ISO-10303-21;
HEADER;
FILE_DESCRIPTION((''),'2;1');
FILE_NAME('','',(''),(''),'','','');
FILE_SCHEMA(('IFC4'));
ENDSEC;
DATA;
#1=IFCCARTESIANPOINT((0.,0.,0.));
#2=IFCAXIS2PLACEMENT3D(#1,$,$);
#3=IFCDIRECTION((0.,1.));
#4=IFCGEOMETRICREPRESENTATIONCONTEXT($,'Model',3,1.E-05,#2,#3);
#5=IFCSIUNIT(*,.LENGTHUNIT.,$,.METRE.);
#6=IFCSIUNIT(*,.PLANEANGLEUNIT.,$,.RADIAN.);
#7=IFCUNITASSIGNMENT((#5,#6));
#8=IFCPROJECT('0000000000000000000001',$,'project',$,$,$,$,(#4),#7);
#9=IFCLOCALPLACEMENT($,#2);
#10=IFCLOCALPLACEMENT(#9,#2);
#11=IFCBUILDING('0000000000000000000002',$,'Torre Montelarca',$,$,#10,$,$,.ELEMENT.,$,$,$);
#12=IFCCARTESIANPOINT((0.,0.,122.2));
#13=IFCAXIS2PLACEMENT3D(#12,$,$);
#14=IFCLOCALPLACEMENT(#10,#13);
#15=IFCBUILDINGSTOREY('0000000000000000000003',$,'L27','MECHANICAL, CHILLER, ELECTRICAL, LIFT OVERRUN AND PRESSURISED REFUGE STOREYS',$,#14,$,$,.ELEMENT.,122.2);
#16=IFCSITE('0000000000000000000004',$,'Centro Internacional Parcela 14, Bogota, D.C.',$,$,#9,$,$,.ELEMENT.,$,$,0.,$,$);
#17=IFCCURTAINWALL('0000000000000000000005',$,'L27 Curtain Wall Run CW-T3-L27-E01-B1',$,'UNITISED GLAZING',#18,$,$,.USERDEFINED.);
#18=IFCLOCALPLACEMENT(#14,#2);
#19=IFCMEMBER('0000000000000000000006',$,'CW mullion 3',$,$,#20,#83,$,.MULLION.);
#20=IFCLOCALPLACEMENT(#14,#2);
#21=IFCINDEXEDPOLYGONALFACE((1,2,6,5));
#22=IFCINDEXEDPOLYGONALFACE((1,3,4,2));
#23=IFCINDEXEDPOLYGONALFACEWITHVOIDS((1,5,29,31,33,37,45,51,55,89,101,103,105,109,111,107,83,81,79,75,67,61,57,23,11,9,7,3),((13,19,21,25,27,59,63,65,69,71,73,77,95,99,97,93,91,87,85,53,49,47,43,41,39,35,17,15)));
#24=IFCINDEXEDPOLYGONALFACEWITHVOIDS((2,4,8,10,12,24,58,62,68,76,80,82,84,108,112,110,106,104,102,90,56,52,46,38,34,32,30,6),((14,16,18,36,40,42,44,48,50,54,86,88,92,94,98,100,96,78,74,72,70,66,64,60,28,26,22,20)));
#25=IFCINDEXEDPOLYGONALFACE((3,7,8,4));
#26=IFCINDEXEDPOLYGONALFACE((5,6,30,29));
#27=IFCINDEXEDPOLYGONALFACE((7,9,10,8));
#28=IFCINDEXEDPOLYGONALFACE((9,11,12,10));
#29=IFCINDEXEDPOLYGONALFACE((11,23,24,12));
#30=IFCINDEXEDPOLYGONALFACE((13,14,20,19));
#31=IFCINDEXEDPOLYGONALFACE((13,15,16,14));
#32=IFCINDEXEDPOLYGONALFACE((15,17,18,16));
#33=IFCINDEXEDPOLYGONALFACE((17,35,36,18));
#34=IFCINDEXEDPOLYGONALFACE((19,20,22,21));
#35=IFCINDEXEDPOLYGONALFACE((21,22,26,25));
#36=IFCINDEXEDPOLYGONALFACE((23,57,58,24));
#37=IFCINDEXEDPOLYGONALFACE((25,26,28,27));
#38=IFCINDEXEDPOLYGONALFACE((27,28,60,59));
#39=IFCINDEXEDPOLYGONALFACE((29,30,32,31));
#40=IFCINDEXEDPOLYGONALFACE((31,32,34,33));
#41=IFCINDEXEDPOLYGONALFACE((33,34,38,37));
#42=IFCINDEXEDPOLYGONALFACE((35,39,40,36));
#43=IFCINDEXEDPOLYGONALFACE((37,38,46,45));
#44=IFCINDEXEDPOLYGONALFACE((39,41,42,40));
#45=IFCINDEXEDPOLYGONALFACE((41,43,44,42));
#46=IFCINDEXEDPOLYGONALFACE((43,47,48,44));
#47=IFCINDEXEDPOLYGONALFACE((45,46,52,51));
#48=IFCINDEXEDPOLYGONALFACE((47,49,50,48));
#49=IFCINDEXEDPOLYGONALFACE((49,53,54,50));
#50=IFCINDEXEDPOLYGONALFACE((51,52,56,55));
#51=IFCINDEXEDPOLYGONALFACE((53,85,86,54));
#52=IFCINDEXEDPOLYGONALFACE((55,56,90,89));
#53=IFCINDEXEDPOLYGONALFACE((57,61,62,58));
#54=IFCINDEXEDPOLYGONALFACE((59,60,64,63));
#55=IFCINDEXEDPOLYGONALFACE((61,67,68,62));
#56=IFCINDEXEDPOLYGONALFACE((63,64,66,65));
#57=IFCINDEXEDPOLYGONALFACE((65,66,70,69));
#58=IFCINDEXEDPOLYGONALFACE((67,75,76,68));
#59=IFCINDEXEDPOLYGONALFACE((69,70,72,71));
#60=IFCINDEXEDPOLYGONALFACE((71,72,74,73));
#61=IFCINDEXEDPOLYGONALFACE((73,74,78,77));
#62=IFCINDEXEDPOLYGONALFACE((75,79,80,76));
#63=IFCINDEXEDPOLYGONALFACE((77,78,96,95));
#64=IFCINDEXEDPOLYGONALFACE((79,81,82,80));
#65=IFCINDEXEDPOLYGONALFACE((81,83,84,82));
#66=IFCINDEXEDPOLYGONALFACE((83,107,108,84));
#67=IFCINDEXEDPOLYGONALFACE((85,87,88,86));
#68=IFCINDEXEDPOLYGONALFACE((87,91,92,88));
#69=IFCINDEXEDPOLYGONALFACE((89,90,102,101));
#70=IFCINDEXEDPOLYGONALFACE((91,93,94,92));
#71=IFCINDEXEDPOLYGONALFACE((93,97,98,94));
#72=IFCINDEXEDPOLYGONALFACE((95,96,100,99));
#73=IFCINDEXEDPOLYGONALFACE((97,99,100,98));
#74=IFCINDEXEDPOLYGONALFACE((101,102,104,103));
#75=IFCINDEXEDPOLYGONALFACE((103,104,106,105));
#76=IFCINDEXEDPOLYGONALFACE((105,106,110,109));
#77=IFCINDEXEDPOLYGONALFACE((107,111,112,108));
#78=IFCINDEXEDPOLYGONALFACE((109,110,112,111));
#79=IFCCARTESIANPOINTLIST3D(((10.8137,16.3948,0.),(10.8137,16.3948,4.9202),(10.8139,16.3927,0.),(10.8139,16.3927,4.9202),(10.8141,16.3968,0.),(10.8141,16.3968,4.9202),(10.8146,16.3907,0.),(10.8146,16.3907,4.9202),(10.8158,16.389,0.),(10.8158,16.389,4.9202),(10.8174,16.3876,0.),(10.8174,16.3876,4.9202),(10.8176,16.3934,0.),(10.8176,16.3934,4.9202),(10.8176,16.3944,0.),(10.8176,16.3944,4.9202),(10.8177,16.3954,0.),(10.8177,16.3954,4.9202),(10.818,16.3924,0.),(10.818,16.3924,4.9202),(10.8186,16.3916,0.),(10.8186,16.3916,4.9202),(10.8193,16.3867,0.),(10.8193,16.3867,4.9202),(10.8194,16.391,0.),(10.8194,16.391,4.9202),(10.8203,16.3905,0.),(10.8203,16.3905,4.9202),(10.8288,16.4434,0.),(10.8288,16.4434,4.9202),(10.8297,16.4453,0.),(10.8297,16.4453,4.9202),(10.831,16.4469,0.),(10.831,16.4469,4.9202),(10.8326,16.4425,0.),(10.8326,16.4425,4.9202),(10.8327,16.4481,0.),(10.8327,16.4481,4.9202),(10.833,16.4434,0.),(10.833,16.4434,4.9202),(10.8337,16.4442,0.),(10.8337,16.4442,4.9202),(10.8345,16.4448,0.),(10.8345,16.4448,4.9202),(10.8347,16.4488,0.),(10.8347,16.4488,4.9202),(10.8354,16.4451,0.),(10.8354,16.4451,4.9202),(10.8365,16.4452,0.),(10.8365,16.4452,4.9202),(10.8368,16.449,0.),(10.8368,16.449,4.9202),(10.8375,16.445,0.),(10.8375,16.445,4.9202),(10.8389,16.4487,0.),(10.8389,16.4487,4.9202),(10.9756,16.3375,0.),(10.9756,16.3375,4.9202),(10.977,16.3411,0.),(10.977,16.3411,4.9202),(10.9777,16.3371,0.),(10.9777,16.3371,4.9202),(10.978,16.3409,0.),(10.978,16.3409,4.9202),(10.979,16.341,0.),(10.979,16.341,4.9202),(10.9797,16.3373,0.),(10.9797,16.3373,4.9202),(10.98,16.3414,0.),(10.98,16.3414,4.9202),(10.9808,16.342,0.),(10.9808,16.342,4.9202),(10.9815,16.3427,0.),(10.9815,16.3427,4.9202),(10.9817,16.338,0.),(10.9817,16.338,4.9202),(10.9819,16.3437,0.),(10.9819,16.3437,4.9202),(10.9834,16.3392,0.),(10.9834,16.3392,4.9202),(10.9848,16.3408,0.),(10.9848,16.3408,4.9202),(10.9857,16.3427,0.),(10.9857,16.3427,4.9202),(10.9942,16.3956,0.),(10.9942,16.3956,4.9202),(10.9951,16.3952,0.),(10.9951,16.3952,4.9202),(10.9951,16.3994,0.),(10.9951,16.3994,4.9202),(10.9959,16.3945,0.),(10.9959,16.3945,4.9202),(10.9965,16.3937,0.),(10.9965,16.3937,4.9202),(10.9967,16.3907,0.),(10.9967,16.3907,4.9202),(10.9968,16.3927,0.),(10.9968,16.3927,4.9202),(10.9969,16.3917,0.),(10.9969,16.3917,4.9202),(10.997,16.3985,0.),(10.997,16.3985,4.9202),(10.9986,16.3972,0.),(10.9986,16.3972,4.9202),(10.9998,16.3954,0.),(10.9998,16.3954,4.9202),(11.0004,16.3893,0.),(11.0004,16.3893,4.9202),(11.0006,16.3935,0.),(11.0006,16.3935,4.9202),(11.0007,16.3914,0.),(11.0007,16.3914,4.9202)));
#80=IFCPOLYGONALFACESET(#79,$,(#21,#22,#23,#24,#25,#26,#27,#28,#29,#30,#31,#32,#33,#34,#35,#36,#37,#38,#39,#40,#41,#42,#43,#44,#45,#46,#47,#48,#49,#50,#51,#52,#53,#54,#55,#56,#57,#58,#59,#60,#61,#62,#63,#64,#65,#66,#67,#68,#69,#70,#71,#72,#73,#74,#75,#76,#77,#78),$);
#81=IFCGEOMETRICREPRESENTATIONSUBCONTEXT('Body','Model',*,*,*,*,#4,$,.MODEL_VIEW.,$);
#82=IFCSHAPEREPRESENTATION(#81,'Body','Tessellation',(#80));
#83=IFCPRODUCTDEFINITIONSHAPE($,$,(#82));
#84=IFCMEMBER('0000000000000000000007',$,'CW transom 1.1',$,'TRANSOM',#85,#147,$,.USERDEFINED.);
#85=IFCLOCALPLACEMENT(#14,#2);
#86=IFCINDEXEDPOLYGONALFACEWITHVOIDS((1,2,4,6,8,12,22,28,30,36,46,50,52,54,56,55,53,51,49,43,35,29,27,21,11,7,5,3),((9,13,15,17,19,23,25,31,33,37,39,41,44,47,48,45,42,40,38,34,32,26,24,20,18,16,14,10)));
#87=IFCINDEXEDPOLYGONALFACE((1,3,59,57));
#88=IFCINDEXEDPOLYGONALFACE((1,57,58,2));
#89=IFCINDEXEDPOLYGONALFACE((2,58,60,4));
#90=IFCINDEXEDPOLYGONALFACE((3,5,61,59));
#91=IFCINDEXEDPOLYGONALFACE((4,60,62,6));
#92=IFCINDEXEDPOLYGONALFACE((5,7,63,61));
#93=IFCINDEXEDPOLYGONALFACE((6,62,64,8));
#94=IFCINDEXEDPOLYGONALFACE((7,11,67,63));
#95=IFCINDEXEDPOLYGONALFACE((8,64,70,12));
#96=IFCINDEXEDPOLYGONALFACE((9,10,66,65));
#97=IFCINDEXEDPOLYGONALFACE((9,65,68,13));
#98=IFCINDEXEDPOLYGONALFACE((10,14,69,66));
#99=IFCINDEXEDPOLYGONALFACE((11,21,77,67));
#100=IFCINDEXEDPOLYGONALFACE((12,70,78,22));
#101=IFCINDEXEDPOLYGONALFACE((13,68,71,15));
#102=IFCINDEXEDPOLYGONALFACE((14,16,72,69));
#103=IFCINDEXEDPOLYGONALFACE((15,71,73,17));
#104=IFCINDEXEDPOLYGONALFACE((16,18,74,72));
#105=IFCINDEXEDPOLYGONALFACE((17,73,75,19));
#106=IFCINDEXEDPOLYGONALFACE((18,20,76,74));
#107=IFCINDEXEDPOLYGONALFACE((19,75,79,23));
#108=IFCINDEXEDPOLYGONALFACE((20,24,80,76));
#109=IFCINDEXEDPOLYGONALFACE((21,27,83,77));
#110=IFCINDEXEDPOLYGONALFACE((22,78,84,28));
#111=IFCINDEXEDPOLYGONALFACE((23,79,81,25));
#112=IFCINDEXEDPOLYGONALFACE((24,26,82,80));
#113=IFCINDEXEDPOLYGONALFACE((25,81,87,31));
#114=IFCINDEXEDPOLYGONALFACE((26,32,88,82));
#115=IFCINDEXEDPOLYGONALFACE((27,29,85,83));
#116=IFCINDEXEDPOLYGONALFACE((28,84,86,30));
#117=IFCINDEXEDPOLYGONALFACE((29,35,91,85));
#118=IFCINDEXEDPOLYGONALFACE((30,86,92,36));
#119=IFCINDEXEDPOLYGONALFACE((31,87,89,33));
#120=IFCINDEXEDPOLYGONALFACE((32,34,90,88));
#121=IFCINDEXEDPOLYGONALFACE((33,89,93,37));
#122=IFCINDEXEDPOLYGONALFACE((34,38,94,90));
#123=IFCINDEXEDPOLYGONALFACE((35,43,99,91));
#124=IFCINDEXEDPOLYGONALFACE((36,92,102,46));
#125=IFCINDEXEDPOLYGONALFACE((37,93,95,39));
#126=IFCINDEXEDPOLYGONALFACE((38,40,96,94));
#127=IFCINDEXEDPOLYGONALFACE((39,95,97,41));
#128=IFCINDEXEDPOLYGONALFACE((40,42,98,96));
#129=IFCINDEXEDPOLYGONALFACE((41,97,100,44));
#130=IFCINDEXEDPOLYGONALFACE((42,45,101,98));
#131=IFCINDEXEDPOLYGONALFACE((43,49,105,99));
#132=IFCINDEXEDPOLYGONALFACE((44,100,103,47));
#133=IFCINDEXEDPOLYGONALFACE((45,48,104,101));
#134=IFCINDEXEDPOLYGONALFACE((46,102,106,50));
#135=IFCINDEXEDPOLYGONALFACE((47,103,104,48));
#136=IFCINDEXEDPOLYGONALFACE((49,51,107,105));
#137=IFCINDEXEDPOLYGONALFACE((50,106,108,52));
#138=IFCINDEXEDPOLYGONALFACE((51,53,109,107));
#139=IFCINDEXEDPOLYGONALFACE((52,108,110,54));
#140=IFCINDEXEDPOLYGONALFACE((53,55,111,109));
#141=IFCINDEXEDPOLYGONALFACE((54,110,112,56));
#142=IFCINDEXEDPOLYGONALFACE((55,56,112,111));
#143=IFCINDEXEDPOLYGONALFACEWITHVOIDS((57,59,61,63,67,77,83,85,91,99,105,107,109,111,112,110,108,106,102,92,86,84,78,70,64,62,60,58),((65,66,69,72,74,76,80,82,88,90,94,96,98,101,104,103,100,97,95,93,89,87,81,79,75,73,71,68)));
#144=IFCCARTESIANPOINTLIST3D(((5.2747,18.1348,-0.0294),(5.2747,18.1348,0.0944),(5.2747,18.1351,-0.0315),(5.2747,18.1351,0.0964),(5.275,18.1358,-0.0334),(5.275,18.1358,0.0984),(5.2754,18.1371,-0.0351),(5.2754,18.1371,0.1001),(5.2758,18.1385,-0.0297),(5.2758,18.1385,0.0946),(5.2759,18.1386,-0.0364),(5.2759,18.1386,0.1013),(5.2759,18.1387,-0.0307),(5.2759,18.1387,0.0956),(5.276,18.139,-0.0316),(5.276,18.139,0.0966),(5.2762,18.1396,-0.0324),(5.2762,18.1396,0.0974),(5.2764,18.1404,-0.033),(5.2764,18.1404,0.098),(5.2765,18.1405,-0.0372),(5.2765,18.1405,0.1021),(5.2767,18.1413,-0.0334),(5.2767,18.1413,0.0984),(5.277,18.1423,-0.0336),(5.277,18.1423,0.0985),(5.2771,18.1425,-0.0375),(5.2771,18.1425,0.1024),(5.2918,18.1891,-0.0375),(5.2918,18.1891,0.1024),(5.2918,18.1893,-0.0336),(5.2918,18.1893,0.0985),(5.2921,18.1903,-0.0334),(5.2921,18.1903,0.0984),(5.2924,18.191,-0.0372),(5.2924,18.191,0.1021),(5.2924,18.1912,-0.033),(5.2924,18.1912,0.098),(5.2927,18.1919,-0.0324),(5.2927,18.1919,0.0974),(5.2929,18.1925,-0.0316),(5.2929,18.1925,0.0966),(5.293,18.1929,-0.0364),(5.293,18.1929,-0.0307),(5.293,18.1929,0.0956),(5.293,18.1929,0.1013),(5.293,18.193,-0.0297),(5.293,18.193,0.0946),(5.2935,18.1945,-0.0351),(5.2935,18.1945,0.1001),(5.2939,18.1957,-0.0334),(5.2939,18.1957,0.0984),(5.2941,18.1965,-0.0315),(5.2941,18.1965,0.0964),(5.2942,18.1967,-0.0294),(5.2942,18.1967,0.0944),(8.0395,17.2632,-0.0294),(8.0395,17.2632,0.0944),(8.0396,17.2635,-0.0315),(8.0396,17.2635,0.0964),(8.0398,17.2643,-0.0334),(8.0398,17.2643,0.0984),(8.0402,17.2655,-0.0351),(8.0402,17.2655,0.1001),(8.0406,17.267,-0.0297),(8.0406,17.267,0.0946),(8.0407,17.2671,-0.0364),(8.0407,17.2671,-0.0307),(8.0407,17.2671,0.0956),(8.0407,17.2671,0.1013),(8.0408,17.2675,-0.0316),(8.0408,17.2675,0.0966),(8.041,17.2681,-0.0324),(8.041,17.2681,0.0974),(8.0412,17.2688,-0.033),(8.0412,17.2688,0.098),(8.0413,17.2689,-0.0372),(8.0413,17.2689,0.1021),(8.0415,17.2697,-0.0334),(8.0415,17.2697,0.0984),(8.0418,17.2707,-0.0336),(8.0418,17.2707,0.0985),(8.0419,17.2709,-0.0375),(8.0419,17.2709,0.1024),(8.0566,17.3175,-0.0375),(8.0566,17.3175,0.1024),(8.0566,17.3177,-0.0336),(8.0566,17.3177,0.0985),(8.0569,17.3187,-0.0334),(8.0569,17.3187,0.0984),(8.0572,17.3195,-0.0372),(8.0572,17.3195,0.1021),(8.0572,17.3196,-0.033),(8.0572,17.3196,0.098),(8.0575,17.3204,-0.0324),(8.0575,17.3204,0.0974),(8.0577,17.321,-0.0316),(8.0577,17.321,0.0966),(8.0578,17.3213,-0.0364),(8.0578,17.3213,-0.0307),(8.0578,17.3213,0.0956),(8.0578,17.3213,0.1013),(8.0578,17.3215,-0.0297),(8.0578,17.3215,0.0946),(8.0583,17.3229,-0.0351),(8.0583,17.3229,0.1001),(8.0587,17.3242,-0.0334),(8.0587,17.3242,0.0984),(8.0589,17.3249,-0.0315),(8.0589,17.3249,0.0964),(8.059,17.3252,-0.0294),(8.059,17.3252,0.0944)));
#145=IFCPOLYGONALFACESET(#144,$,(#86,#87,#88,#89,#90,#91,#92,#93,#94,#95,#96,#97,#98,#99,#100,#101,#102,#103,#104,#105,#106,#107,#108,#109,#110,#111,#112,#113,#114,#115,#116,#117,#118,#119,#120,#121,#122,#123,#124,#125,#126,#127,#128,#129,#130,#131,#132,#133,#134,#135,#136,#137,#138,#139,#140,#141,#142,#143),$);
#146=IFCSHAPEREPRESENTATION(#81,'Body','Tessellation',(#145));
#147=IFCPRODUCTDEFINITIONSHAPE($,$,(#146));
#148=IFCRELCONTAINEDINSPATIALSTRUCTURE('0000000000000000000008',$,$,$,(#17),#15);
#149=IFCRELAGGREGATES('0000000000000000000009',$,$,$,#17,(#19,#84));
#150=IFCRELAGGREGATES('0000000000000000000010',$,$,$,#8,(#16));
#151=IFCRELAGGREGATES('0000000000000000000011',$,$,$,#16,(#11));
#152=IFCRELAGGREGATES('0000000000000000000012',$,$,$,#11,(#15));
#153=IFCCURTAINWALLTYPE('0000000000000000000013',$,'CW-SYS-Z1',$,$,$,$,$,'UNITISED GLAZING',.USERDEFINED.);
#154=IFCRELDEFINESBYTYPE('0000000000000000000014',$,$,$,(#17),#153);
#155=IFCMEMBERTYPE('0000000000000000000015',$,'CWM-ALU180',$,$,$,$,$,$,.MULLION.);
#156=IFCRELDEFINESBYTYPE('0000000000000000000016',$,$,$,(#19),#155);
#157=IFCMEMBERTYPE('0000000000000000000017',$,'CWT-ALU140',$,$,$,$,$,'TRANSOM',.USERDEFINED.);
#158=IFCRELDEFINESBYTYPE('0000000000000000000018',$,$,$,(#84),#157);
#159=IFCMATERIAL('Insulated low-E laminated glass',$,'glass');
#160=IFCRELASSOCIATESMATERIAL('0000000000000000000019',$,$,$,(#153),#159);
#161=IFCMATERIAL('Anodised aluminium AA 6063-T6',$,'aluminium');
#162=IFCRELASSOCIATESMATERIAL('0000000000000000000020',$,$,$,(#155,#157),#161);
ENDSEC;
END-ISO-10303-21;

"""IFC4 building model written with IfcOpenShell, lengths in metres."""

from ifc_helpers import new_model, si_unit, direction, frame, origin, origin_2d, place, context, subcontext, project, spatial, hollow_rectangle, extrude, source, transform, mapped, material, material_profile, profile_set, type_object, element, aggregate, save


model = new_model("IFC4")

# Units and contexts
model_context = context("Model", 3, precision=1e-05, world=origin(), true_north=direction((0.0, 1.0)))
body_context = subcontext(model_context, "Body", "Model", "MODEL_VIEW")
ifc_project = project(units=[si_unit("LENGTHUNIT", "METRE"), si_unit("PLANEANGLEUNIT", "RADIAN")], contexts=[model_context])

# Site, building, storey
site_placement = place(None, origin())
site = spatial("IfcSite", under=ifc_project, at=site_placement, Name="Centro Internacional Parcela 14, Bogota, D.C.", CompositionType="ELEMENT", RefElevation=0.0)
building_placement = place(site_placement, origin())
building = spatial("IfcBuilding", under=site, at=building_placement, Name="Torre Montelarca", CompositionType="ELEMENT")
storey_placement = place(building_placement, frame((0.0, 0.0, 122.2)))
storey = spatial("IfcBuildingStorey", under=building, at=storey_placement, Name="L27", Description="MECHANICAL, CHILLER, ELECTRICAL, LIFT OVERRUN AND PRESSURISED REFUGE STOREYS", CompositionType="ELEMENT", Elevation=122.2)

# Curtain wall, members
ifc_material_1 = material(Name="Insulated low-E laminated glass", Category="glass")
curtain_wall_type = type_object("IfcCurtainWallType", Name="CW-SYS-Z1", ElementType="UNITISED GLAZING", PredefinedType="USERDEFINED", material=ifc_material_1)
curtain_wall_placement = place(storey_placement, origin())
curtain_wall = element("IfcCurtainWall", 1, at=curtain_wall_placement, inside=storey, type_object=curtain_wall_type, Name="L27 Curtain Wall Run CW-T3-L27-E01-B1", ObjectType="UNITISED GLAZING", PredefinedType="USERDEFINED")
ifc_material_2 = material(Name="Anodised aluminium AA 6063-T6", Category="aluminium")
ifc_material_profile_1 = material_profile(ifc_material_2, hollow_rectangle(XDim=0.0649, YDim=0.1799, WallThickness=0.0039, InnerFilletRadius=0.0039, OuterFilletRadius=0.0081, at=origin_2d()), Name="ALU65X180X4", Category="aluminium")
ifc_profile_set_1 = profile_set([ifc_material_profile_1], Name="Anodised aluminium AA 6063-T6")
member_type_1 = type_object("IfcMemberType", Name="CWM-ALU180", PredefinedType="MULLION", material=ifc_profile_set_1)
shared_shape_1 = source(origin(), body_context, "Body", "SweptSolid", [
    extrude(hollow_rectangle(XDim=0.0649, YDim=0.1799, WallThickness=0.0039, InnerFilletRadius=0.0039, OuterFilletRadius=0.0081, at=origin_2d()), origin(), (0.0, 0.0, 1.0), 4.9202),
])
member_1_placement = place(storey_placement, frame((10.9072, 16.3931, 0.0), z_axis=(0.0, 0.0, 1.0), x_axis=(0.300698, 0.95372, 0.0)))
member_1 = element("IfcMember", 2, at=member_1_placement, type_object=member_type_1, Name="CW mullion 3", PredefinedType="MULLION", context=body_context, shape_type="MappedRepresentation", body=[
    mapped(shared_shape_1, transform((0.0, 0.0, 0.0), scale=1.0)),
])
ifc_material_profile_2 = material_profile(ifc_material_2, hollow_rectangle(XDim=0.0649, YDim=0.1399, WallThickness=0.0039, InnerFilletRadius=0.0039, OuterFilletRadius=0.0081, at=origin_2d()), Name="ALU65X140X4", Category="aluminium")
ifc_profile_set_2 = profile_set([ifc_material_profile_2], Name="Anodised aluminium AA 6063-T6")
member_type_2 = type_object("IfcMemberType", Name="CWT-ALU140", ElementType="TRANSOM", PredefinedType="USERDEFINED", material=ifc_profile_set_2)
shared_shape_2 = source(origin(), body_context, "Body", "SweptSolid", [
    extrude(hollow_rectangle(XDim=0.0649, YDim=0.1399, WallThickness=0.0039, InnerFilletRadius=0.0039, OuterFilletRadius=0.0081, at=origin_2d()), origin(), (0.0, 0.0, 1.0), 2.8989),
])
member_2_placement = place(storey_placement, frame((5.2844, 18.1658, 0.0325), z_axis=(0.953735, -0.300648, 0.0), x_axis=(0.300648, 0.953735, 0.0)))
member_2 = element("IfcMember", 3, at=member_2_placement, type_object=member_type_2, Name="CW transom 1.1", ObjectType="TRANSOM", PredefinedType="USERDEFINED", context=body_context, shape_type="MappedRepresentation", body=[
    mapped(shared_shape_2, transform((0.0, 0.0, 0.0), scale=1.0)),
])

aggregate(curtain_wall, [member_1, member_2])

save(model, "model.ifc")
